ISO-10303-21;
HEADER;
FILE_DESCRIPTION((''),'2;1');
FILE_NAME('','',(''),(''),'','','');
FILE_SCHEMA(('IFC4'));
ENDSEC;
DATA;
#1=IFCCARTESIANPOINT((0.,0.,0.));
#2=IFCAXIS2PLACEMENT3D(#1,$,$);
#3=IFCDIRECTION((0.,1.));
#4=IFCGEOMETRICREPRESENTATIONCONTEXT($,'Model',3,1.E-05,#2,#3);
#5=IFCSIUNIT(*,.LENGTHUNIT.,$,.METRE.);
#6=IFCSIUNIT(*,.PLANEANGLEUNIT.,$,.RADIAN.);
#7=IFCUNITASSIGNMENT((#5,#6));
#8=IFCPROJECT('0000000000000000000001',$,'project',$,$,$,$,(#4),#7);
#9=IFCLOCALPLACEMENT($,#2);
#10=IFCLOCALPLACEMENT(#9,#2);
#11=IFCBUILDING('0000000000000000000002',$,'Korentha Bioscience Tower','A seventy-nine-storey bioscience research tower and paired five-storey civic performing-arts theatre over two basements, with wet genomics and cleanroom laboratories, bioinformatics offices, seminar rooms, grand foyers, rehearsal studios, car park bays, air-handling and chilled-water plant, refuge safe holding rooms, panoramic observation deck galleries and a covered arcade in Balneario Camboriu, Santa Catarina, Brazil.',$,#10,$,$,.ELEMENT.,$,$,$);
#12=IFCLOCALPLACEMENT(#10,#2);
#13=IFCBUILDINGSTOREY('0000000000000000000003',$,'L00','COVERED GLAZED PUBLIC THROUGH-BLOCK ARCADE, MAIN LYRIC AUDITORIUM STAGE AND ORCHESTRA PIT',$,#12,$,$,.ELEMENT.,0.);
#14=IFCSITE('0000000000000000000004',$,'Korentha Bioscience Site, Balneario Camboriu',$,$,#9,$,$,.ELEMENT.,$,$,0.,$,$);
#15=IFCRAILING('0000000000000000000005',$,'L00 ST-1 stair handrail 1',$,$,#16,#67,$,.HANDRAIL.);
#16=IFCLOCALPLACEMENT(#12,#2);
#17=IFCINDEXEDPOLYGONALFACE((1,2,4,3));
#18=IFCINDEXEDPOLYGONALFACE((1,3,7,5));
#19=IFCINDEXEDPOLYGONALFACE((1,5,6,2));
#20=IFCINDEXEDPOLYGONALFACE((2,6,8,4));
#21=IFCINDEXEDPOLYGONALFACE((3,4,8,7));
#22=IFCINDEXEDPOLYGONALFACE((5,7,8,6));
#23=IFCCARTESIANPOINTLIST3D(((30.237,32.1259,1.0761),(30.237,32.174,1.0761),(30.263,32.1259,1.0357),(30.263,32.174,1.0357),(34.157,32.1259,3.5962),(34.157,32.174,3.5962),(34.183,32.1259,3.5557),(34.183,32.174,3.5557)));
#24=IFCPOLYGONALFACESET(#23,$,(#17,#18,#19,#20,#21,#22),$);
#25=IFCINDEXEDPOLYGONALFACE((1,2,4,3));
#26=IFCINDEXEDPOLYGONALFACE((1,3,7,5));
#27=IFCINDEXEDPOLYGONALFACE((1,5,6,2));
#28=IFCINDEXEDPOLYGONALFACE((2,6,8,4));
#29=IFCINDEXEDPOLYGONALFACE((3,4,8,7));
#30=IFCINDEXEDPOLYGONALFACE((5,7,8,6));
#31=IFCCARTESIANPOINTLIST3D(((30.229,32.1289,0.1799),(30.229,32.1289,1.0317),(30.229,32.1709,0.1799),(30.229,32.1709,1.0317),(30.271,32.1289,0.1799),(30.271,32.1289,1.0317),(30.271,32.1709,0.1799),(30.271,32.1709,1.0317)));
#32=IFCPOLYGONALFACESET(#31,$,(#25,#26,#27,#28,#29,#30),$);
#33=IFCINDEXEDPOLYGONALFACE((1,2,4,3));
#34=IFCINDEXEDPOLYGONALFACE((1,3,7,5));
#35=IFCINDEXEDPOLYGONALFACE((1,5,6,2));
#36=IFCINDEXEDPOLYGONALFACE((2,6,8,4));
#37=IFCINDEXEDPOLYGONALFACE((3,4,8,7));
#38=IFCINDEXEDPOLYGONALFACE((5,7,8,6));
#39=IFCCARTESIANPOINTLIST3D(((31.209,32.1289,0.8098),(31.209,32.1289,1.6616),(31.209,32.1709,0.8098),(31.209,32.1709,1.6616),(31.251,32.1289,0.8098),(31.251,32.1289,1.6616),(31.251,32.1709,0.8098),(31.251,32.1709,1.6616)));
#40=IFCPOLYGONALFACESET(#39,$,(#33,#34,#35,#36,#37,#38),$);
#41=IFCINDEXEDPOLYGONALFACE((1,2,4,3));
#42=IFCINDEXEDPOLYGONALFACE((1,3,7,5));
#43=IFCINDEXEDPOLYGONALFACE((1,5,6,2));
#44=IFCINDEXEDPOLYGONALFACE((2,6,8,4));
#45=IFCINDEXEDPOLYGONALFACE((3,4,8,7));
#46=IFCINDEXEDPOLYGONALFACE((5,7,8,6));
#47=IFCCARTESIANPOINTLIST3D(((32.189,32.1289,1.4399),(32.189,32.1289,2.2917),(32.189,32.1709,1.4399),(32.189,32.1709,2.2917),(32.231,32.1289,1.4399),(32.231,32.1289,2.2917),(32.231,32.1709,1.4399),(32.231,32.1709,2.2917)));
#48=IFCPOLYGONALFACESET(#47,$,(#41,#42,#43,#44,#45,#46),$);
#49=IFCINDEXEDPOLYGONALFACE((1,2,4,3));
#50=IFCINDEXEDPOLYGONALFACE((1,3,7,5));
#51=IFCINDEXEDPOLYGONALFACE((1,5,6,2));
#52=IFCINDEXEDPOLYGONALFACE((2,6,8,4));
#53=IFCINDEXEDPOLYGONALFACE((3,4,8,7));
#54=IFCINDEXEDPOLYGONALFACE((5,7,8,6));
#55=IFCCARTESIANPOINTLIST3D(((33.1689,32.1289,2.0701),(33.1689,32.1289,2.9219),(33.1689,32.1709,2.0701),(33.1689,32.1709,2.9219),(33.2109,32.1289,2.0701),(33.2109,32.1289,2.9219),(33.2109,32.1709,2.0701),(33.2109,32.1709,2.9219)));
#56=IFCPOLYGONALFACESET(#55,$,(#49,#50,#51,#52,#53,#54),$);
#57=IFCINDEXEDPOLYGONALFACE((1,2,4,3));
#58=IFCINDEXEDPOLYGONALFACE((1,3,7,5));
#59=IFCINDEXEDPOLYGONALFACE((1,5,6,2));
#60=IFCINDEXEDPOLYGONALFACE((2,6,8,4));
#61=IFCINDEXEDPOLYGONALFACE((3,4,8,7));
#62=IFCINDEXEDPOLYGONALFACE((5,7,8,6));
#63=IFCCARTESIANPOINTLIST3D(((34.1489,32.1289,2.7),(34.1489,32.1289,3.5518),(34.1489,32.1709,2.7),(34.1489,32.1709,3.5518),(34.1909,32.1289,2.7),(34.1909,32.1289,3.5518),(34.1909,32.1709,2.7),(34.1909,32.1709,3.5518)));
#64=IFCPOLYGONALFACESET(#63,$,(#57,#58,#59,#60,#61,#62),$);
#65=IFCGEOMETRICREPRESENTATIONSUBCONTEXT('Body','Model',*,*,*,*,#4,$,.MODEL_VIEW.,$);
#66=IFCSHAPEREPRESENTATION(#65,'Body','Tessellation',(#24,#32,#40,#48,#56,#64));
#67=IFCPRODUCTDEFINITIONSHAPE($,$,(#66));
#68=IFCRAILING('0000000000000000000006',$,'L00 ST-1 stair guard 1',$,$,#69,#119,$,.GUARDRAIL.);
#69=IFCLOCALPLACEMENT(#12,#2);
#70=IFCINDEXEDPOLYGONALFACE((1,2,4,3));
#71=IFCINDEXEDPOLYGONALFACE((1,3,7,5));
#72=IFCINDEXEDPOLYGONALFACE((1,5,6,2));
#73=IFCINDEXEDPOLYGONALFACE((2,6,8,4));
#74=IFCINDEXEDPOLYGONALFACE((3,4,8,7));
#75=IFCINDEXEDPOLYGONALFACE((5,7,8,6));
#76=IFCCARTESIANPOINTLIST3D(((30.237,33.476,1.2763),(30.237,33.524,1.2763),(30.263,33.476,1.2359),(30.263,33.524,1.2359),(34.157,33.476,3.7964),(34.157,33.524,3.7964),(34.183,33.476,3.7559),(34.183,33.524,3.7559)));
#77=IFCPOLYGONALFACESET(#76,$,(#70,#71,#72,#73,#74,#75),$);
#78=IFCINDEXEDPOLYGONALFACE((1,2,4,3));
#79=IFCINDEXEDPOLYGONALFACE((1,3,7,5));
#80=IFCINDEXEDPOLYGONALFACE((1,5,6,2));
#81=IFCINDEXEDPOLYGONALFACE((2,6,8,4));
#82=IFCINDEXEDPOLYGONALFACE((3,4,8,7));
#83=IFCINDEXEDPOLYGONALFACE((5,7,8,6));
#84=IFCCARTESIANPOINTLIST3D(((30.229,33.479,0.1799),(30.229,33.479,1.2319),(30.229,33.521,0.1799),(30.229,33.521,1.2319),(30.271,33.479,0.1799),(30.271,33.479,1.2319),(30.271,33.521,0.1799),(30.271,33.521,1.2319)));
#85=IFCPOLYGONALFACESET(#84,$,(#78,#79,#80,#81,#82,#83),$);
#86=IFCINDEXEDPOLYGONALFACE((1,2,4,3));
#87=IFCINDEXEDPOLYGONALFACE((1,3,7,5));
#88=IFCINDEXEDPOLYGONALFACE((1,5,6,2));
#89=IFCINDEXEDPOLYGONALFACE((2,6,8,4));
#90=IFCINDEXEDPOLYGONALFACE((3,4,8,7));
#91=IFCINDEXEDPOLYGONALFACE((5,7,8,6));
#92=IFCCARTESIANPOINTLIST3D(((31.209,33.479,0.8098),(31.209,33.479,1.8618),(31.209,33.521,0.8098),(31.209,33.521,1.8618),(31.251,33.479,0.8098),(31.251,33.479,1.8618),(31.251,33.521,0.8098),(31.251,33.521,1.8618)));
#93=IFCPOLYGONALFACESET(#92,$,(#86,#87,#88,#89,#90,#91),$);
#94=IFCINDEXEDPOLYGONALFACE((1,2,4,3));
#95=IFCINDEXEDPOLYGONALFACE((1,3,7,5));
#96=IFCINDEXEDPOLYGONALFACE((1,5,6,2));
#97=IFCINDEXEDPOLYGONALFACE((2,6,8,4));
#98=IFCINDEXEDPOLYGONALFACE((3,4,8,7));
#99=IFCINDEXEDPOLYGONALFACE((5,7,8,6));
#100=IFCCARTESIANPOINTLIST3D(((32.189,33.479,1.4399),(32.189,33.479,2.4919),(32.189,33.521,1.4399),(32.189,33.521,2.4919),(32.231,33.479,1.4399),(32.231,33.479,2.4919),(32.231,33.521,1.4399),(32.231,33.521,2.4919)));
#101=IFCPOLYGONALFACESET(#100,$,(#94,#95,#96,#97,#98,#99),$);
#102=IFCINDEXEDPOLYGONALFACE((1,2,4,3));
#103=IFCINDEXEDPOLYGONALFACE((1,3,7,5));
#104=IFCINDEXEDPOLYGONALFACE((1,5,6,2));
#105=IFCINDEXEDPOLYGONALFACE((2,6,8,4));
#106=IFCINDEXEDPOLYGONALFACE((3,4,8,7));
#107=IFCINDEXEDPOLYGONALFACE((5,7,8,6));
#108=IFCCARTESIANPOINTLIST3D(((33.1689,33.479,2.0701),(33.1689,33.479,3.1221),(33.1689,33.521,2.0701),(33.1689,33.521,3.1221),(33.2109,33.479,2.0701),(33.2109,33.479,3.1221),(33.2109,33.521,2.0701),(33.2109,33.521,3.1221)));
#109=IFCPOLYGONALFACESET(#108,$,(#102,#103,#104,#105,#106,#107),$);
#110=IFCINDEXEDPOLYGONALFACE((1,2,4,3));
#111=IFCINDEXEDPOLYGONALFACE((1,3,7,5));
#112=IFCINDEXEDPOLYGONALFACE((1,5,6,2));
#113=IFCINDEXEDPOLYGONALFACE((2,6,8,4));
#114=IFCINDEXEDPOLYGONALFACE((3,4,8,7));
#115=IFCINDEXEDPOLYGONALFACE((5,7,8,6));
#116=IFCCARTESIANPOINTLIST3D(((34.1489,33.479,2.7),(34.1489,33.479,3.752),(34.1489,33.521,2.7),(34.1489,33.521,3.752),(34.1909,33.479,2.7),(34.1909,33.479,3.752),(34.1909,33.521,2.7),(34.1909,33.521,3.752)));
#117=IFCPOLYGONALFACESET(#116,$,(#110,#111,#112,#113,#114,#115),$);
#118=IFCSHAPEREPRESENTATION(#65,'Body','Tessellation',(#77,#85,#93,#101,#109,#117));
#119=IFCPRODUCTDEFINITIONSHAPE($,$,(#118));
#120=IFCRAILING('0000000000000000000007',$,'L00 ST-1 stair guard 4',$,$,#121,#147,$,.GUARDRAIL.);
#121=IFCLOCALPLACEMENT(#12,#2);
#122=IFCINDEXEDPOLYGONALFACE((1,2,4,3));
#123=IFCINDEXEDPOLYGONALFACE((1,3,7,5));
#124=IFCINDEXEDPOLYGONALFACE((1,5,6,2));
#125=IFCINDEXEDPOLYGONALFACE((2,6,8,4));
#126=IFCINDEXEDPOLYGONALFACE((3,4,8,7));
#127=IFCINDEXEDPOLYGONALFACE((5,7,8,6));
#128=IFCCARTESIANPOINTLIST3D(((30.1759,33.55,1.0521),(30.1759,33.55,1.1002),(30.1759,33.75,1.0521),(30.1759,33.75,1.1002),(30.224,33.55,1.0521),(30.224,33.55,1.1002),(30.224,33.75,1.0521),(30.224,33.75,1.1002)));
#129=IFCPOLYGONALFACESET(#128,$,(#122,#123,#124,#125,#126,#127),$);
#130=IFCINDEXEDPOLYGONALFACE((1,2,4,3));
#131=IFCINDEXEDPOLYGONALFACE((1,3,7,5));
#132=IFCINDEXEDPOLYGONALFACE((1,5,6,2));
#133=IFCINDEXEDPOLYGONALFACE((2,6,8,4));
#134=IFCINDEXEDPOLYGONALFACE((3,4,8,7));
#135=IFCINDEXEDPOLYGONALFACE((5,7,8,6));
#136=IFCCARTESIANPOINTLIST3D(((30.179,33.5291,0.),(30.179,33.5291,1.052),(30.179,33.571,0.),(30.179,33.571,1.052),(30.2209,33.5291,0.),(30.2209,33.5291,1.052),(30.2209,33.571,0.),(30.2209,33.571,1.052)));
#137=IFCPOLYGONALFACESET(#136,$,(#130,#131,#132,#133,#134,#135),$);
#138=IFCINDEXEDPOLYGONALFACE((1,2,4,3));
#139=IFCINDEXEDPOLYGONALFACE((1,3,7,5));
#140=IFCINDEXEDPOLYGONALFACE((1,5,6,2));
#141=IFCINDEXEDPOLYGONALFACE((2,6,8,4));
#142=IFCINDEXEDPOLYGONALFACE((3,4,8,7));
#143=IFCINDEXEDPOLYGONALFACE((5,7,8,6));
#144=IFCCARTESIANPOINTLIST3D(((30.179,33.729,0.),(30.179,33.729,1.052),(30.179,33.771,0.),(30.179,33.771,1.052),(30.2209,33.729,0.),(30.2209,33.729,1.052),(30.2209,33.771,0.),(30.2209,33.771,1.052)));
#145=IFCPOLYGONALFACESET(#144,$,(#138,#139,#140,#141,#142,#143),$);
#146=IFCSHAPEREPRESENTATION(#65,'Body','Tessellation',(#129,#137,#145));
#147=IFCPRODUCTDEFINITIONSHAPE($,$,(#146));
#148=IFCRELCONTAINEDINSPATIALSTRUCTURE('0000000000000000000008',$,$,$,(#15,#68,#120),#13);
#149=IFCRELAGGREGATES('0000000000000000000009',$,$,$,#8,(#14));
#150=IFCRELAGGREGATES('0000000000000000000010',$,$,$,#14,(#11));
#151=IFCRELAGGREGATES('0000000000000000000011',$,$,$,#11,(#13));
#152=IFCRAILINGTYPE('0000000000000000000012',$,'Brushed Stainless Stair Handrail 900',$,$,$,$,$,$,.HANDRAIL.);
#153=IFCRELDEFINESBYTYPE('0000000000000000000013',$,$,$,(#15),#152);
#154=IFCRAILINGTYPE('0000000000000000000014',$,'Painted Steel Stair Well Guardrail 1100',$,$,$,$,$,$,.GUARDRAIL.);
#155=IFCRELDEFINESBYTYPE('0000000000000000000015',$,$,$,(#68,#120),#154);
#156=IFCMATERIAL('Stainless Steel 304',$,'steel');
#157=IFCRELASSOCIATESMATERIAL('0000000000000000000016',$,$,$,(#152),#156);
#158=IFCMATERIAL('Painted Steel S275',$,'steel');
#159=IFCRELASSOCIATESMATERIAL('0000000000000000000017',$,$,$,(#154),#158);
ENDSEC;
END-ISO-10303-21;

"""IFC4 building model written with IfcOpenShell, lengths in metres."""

from ifc_helpers import new_model, si_unit, direction, frame, origin, origin_2d, place, context, subcontext, project, spatial, rectangle, extrude, material, type_object, element, save


model = new_model("IFC4")

# Units and contexts
model_context = context("Model", 3, precision=1e-05, world=origin(), true_north=direction((0.0, 1.0)))
body_context = subcontext(model_context, "Body", "Model", "MODEL_VIEW")
ifc_project = project(units=[si_unit("LENGTHUNIT", "METRE"), si_unit("PLANEANGLEUNIT", "RADIAN")], contexts=[model_context])

# Site, building, storey
site_placement = place(None, origin())
site = spatial("IfcSite", under=ifc_project, at=site_placement, Name="Korentha Bioscience Site, Balneario Camboriu", CompositionType="ELEMENT", RefElevation=0.0)
building_placement = place(site_placement, origin())
building = spatial("IfcBuilding", under=site, at=building_placement, Name="Korentha Bioscience Tower", Description="A seventy-nine-storey bioscience research tower and paired five-storey civic performing-arts theatre over two basements, with wet genomics and cleanroom laboratories, bioinformatics offices, seminar rooms, grand foyers, rehearsal studios, car park bays, air-handling and chilled-water plant, refuge safe holding rooms, panoramic observation deck galleries and a covered arcade in Balneario Camboriu, Santa Catarina, Brazil.", CompositionType="ELEMENT")
storey_placement = place(building_placement, origin())
storey = spatial("IfcBuildingStorey", under=building, at=storey_placement, Name="L00", Description="COVERED GLAZED PUBLIC THROUGH-BLOCK ARCADE, MAIN LYRIC AUDITORIUM STAGE AND ORCHESTRA PIT", CompositionType="ELEMENT", Elevation=0.0)

# Railings
ifc_material_1 = material(Name="Stainless Steel 304", Category="steel")
railing_type_1 = type_object("IfcRailingType", Name="Brushed Stainless Stair Handrail 900", PredefinedType="HANDRAIL", material=ifc_material_1)
railing_1_placement = place(storey_placement, frame((30.25, 32.1499, 0.1799)))
element("IfcRailing", 1, at=railing_1_placement, inside=storey, type_object=railing_type_1, Name="L00 ST-1 stair handrail 1", PredefinedType="HANDRAIL", context=body_context, shape_type="SweptSolid", body=[
    extrude(rectangle(XDim=0.0481, YDim=0.0481, at=origin_2d()), frame((0.0, 0.0, 0.876), z_axis=(0.841172, 0.0, 0.540768), x_axis=(0.0, 1.0, 0.0)), (0.0, 0.0, 1.0), 4.6602),
    extrude(rectangle(XDim=0.042, YDim=0.042, at=origin_2d()), origin(), (0.0, 0.0, 1.0), 0.8518),
    extrude(rectangle(XDim=0.042, YDim=0.042, at=origin_2d()), frame((0.98, 0.0, 0.6299)), (0.0, 0.0, 1.0), 0.8518),
    extrude(rectangle(XDim=0.042, YDim=0.042, at=origin_2d()), frame((1.96, 0.0, 1.26)), (0.0, 0.0, 1.0), 0.8518),
    extrude(rectangle(XDim=0.042, YDim=0.042, at=origin_2d()), frame((2.9399, 0.0, 1.8901)), (0.0, 0.0, 1.0), 0.8518),
    extrude(rectangle(XDim=0.042, YDim=0.042, at=origin_2d()), frame((3.9199, 0.0, 2.52)), (0.0, 0.0, 1.0), 0.8518),
])
ifc_material_2 = material(Name="Painted Steel S275", Category="steel")
railing_type_2 = type_object("IfcRailingType", Name="Painted Steel Stair Well Guardrail 1100", PredefinedType="GUARDRAIL", material=ifc_material_2)
railing_2_placement = place(storey_placement, frame((30.25, 33.5, 0.1799)))
element("IfcRailing", 2, at=railing_2_placement, inside=storey, type_object=railing_type_2, Name="L00 ST-1 stair guard 1", PredefinedType="GUARDRAIL", context=body_context, shape_type="SweptSolid", body=[
    extrude(rectangle(XDim=0.0481, YDim=0.0481, at=origin_2d()), frame((0.0, 0.0, 1.0762), z_axis=(0.841172, 0.0, 0.540768), x_axis=(0.0, 1.0, 0.0)), (0.0, 0.0, 1.0), 4.6602),
    extrude(rectangle(XDim=0.042, YDim=0.042, at=origin_2d()), origin(), (0.0, 0.0, 1.0), 1.052),
    extrude(rectangle(XDim=0.042, YDim=0.042, at=origin_2d()), frame((0.98, 0.0, 0.6299)), (0.0, 0.0, 1.0), 1.052),
    extrude(rectangle(XDim=0.042, YDim=0.042, at=origin_2d()), frame((1.96, 0.0, 1.26)), (0.0, 0.0, 1.0), 1.052),
    extrude(rectangle(XDim=0.042, YDim=0.042, at=origin_2d()), frame((2.9399, 0.0, 1.8901)), (0.0, 0.0, 1.0), 1.052),
    extrude(rectangle(XDim=0.042, YDim=0.042, at=origin_2d()), frame((3.9199, 0.0, 2.52)), (0.0, 0.0, 1.0), 1.052),
])
railing_3_placement = place(storey_placement, frame((30.2, 33.55, 0.0)))
element("IfcRailing", 3, at=railing_3_placement, inside=storey, type_object=railing_type_2, Name="L00 ST-1 stair guard 4", PredefinedType="GUARDRAIL", context=body_context, shape_type="SweptSolid", body=[
    extrude(rectangle(XDim=0.0481, YDim=0.0481, at=origin_2d()), frame((0.0, 0.0, 1.0762), z_axis=(0.0, 1.0, 0.0), x_axis=(-1.0, 0.0, 0.0)), (0.0, 0.0, 1.0), 0.2),
    extrude(rectangle(XDim=0.042, YDim=0.042, at=origin_2d()), origin(), (0.0, 0.0, 1.0), 1.052),
    extrude(rectangle(XDim=0.042, YDim=0.042, at=origin_2d()), frame((0.0, 0.2, 0.0)), (0.0, 0.0, 1.0), 1.052),
])

save(model, "model.ifc")
